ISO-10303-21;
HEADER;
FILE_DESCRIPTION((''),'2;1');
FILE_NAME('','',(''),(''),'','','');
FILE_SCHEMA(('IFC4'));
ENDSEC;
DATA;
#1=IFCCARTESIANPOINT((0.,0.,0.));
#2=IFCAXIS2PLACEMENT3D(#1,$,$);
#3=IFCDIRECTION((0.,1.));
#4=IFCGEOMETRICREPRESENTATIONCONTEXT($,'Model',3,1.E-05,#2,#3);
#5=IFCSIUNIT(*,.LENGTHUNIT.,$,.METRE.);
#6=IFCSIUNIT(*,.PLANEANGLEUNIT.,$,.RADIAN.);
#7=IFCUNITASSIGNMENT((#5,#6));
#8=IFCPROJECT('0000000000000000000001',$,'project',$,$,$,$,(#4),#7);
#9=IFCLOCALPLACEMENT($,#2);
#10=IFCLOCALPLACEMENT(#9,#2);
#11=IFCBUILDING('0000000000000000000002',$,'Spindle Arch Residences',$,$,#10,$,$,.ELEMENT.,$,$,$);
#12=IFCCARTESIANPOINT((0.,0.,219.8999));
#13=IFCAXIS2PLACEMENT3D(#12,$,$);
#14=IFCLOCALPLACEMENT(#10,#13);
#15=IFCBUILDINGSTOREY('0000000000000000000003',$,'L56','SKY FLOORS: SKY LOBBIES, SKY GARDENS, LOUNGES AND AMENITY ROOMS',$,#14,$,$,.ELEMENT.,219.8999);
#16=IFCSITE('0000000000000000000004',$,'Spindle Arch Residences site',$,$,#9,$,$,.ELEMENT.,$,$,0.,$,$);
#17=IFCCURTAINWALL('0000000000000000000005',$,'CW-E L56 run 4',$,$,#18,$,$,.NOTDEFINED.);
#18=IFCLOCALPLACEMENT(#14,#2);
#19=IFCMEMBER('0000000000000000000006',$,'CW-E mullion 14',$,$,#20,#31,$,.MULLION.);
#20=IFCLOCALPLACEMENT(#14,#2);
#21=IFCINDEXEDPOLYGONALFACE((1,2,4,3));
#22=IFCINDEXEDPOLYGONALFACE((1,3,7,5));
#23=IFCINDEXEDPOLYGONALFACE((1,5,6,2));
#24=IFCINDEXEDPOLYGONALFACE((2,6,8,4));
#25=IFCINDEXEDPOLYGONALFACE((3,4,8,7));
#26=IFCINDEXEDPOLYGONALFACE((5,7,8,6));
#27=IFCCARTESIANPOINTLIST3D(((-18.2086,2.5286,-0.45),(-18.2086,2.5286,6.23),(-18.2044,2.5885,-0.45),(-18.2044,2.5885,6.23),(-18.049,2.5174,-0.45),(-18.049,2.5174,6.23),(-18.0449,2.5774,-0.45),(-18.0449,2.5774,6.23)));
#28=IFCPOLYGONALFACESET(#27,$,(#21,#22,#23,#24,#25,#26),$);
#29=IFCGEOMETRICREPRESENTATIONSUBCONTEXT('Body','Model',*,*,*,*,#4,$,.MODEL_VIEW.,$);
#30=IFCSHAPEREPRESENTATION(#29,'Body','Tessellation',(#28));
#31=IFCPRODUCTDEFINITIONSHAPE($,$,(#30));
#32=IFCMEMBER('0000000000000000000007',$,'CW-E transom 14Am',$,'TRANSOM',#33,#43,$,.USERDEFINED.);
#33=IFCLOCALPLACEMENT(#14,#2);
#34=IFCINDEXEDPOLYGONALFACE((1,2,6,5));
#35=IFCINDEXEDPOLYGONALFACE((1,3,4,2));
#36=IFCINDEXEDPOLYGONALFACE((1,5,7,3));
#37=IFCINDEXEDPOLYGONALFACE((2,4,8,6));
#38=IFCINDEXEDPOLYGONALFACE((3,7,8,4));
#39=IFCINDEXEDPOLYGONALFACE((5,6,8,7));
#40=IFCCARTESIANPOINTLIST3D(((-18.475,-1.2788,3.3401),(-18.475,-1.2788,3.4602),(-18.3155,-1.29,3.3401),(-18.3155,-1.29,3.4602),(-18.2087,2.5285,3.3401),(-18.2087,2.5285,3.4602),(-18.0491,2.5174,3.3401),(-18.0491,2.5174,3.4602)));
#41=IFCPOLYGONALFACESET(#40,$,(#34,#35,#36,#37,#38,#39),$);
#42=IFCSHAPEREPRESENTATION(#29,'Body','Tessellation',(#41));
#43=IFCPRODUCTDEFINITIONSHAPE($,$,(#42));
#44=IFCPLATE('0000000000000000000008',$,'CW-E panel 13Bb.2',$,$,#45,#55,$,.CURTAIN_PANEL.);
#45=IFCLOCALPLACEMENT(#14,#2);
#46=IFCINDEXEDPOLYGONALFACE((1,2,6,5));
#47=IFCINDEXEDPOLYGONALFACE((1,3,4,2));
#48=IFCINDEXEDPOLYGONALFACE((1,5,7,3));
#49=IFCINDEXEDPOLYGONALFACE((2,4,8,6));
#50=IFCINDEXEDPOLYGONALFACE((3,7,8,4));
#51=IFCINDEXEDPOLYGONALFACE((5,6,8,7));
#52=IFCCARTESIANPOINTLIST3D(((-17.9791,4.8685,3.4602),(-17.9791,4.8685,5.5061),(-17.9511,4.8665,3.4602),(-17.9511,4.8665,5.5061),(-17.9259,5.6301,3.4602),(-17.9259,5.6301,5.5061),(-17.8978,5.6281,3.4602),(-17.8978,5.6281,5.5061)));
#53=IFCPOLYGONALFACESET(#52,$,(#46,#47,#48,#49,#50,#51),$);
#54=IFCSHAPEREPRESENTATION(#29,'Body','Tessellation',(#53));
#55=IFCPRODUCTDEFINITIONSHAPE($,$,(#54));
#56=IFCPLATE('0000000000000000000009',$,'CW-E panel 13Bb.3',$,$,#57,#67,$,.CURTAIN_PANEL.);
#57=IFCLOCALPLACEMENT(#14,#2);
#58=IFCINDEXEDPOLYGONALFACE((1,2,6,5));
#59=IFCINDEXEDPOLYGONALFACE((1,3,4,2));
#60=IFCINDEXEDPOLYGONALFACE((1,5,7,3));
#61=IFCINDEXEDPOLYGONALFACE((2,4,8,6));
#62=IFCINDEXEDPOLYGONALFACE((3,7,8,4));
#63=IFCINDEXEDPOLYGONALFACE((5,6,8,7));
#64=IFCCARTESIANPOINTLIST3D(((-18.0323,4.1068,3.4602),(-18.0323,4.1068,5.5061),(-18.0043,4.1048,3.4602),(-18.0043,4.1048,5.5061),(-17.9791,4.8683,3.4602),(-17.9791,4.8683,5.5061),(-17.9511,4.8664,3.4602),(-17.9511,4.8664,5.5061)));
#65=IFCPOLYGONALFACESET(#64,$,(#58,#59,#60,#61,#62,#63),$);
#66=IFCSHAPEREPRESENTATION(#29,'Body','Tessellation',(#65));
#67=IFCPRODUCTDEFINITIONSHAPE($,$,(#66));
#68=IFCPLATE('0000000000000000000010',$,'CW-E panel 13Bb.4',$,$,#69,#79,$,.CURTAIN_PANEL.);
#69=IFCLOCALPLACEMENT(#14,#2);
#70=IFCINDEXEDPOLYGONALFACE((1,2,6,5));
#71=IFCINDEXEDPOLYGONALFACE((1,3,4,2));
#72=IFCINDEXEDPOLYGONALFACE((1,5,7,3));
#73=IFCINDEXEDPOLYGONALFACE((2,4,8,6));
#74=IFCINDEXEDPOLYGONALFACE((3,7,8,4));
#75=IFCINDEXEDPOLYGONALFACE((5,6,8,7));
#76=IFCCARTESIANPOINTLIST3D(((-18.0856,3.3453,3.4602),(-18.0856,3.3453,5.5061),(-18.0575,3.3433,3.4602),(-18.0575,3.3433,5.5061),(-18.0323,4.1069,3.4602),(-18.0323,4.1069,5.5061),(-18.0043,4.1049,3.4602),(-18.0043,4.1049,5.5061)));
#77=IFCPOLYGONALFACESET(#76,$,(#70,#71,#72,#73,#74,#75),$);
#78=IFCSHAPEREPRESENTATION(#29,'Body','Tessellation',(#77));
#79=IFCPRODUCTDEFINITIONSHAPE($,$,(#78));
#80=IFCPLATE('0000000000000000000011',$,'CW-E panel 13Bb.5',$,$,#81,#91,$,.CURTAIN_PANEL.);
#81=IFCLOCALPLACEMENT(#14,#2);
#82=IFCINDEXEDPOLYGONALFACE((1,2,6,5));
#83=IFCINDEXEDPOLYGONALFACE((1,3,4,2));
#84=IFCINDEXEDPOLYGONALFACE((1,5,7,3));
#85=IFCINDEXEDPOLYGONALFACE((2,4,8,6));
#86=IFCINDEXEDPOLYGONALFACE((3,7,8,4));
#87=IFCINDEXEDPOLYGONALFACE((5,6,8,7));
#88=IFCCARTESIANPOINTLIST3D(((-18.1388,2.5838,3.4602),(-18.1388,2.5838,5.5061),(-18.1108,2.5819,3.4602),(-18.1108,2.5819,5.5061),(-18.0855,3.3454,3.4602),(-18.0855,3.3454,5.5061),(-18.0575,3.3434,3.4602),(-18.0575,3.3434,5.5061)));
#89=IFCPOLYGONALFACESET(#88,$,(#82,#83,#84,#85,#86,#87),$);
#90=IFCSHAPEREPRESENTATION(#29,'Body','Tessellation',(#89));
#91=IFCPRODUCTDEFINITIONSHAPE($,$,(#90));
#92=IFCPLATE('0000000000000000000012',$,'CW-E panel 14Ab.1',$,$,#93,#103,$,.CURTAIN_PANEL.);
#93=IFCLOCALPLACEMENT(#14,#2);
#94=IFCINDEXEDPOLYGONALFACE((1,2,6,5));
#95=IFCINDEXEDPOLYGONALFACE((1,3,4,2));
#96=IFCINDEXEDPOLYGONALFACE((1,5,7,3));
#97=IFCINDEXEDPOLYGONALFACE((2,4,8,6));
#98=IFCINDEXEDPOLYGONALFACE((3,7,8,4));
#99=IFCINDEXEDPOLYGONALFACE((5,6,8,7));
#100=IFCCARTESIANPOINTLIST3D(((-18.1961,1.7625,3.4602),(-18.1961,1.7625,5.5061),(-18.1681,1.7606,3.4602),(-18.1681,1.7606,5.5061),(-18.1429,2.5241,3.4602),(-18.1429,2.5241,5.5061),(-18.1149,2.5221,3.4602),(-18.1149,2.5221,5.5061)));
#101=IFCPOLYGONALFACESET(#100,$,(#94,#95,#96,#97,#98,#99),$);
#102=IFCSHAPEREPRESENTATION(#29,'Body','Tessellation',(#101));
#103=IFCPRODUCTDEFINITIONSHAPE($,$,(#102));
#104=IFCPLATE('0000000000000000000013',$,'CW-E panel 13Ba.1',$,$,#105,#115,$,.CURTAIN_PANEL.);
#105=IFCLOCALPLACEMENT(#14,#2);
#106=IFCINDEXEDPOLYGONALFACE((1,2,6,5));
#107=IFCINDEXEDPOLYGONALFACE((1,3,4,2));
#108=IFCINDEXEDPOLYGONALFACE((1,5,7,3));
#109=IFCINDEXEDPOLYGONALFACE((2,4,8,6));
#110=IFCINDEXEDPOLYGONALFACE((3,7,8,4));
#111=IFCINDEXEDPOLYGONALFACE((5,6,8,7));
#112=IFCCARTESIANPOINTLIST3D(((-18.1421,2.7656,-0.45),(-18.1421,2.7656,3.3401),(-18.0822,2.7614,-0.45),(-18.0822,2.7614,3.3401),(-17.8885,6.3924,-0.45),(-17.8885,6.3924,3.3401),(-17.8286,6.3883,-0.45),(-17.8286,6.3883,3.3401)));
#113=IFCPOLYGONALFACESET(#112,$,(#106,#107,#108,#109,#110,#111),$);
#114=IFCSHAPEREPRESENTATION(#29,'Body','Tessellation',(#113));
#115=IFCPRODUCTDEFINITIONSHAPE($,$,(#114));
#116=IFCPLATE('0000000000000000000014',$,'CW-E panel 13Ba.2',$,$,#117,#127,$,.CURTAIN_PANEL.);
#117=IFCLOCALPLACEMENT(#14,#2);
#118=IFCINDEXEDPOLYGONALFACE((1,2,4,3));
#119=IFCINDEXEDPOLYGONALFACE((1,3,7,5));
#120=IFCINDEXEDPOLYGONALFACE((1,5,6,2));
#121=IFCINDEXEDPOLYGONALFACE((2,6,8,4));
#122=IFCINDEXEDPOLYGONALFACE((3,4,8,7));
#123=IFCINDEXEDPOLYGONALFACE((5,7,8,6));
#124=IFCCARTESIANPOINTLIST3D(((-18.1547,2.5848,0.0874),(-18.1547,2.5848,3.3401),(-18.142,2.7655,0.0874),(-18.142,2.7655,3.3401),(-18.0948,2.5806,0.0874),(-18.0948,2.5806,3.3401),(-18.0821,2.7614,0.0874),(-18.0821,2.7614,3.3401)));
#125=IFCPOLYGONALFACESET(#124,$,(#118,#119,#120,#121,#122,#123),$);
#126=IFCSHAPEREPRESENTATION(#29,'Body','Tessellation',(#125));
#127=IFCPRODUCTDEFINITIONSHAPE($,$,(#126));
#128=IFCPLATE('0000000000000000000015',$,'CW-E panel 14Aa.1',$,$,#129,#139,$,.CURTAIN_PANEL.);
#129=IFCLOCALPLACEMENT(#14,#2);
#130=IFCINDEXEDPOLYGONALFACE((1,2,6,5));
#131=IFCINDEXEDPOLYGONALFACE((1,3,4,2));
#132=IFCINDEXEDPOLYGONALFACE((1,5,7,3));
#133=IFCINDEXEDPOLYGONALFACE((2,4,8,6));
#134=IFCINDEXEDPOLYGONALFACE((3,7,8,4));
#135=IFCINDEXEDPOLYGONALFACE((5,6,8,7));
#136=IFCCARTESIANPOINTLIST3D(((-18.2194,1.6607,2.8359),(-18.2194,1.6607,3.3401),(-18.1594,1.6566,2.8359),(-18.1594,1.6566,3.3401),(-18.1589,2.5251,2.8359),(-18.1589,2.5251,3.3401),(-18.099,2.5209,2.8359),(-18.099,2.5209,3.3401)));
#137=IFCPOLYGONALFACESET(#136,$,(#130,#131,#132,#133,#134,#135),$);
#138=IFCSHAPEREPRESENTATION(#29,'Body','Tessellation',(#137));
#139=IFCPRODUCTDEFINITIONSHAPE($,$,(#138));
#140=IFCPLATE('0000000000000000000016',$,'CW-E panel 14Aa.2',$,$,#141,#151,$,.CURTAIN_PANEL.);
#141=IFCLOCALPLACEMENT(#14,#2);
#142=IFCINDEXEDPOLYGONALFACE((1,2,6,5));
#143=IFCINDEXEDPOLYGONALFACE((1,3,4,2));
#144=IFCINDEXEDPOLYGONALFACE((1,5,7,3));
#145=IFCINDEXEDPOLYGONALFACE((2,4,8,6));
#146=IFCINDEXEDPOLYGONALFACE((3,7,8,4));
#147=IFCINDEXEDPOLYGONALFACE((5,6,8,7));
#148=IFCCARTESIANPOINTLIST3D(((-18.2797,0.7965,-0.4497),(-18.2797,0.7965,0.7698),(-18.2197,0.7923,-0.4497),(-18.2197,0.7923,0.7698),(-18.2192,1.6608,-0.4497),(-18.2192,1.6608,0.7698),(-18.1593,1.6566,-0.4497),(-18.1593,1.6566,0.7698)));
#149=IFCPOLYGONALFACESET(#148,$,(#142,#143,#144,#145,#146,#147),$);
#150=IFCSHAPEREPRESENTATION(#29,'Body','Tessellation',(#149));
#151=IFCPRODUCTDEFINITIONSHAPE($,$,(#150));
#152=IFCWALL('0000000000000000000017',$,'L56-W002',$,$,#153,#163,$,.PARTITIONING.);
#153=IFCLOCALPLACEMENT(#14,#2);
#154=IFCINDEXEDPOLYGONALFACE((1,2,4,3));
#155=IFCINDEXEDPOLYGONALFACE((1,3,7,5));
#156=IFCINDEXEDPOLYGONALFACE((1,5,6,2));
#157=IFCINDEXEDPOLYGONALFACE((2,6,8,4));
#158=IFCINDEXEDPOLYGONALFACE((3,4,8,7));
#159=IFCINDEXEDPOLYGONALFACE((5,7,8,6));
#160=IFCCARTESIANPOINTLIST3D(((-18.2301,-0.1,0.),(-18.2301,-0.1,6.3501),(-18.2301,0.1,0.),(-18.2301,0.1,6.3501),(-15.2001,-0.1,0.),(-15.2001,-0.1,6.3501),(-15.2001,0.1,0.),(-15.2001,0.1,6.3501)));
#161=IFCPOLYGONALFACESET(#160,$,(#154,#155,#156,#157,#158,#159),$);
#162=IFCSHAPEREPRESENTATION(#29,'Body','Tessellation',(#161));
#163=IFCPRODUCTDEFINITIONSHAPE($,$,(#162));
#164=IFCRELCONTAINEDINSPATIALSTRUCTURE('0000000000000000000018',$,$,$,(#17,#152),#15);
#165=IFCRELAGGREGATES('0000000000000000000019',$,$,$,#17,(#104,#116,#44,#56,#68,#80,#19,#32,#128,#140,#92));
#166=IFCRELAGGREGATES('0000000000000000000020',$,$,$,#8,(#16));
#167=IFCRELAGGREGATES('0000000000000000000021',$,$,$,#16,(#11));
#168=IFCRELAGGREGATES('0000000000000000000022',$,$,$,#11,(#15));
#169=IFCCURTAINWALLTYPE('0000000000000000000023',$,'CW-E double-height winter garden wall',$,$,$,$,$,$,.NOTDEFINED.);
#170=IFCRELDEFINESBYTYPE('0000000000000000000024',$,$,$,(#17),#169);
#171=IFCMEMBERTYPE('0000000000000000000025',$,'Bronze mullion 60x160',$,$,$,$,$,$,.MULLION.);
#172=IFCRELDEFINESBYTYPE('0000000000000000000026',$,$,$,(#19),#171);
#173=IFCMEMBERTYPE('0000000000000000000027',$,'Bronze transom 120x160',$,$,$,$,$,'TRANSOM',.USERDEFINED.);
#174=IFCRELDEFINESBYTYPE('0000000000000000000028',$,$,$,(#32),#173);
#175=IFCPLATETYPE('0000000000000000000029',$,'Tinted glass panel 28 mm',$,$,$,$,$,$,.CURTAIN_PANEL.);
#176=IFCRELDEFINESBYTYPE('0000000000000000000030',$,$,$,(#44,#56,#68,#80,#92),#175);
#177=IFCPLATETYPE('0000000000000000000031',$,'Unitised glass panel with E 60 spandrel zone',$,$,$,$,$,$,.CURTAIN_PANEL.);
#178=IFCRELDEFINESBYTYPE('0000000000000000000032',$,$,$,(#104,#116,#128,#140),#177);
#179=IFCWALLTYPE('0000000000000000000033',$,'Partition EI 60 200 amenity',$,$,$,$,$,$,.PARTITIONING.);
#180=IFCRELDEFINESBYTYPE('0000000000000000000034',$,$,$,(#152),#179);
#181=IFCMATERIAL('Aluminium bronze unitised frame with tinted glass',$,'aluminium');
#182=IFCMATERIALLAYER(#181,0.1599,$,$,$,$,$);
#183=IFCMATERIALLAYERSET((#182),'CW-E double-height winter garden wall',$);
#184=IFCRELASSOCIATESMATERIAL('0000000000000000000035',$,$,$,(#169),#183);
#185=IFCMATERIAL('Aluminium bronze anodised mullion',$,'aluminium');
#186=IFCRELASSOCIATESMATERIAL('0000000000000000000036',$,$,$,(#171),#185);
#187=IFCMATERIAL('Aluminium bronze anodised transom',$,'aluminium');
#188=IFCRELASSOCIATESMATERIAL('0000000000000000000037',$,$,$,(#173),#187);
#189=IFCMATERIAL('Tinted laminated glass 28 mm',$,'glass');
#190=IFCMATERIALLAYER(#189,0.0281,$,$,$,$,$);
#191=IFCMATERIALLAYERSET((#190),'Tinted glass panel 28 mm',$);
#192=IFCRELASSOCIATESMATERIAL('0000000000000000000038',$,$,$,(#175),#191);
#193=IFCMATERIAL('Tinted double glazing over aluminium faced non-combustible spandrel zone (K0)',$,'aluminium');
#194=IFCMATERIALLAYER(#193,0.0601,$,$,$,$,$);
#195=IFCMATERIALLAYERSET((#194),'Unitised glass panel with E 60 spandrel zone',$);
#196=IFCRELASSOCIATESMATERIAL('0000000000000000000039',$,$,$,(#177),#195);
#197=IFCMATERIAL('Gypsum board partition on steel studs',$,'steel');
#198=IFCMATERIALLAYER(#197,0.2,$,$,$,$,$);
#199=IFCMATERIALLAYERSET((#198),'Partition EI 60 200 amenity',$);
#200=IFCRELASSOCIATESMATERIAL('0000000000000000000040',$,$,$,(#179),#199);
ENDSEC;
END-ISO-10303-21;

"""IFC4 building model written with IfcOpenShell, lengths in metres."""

from ifc_helpers import new_model, si_unit, direction, frame, frame_2d, origin, origin_2d, place, context, subcontext, project, spatial, rectangle, extrude, material, layer, layer_set, material_profile, profile_set, type_object, element, aggregate, save


model = new_model("IFC4")

# Units and contexts
model_context = context("Model", 3, precision=1e-05, world=origin(), true_north=direction((0.0, 1.0)))
body_context = subcontext(model_context, "Body", "Model", "MODEL_VIEW")
ifc_project = project(units=[si_unit("LENGTHUNIT", "METRE"), si_unit("PLANEANGLEUNIT", "RADIAN")], contexts=[model_context])

# Site, building, storey
site_placement = place(None, origin())
site = spatial("IfcSite", under=ifc_project, at=site_placement, Name="Spindle Arch Residences site", CompositionType="ELEMENT", RefElevation=0.0)
building_placement = place(site_placement, origin())
building = spatial("IfcBuilding", under=site, at=building_placement, Name="Spindle Arch Residences", CompositionType="ELEMENT")
storey_placement = place(building_placement, frame((0.0, 0.0, 219.8999)))
storey = spatial("IfcBuildingStorey", under=building, at=storey_placement, Name="L56", Description="SKY FLOORS: SKY LOBBIES, SKY GARDENS, LOUNGES AND AMENITY ROOMS", CompositionType="ELEMENT", Elevation=219.8999)

# Curtain wall, members, plates
ifc_material_1 = material(Name="Aluminium bronze unitised frame with tinted glass", Category="aluminium")
ifc_layer_1 = layer(ifc_material_1, 0.1599)
ifc_layer_set_1 = layer_set([ifc_layer_1], Name="CW-E double-height winter garden wall")
curtain_wall_type = type_object("IfcCurtainWallType", Name="CW-E double-height winter garden wall", PredefinedType="NOTDEFINED", material=ifc_layer_set_1)
curtain_wall_placement = place(storey_placement, origin())
curtain_wall = element("IfcCurtainWall", 1, at=curtain_wall_placement, inside=storey, type_object=curtain_wall_type, Name="CW-E L56 run 4", PredefinedType="NOTDEFINED")
ifc_material_2 = material(Name="Aluminium bronze anodised mullion", Category="aluminium")
ifc_material_profile_1 = material_profile(ifc_material_2, rectangle(XDim=0.1599, YDim=0.0601, at=origin_2d()), Name="MU 60x160")
ifc_profile_set_1 = profile_set([ifc_material_profile_1], Name="Aluminium bronze anodised mullion")
member_type_1 = type_object("IfcMemberType", Name="Bronze mullion 60x160", PredefinedType="MULLION", material=ifc_profile_set_1)
member_1_placement = place(storey_placement, frame((-18.1267, 2.553, -0.45), z_axis=(0.0, 0.0, 1.0), x_axis=(0.997564, -0.069756, 0.0)))
member_1 = element("IfcMember", 2, at=member_1_placement, type_object=member_type_1, Name="CW-E mullion 14", PredefinedType="MULLION", context=body_context, shape_type="SweptSolid", body=[
    extrude(rectangle(XDim=0.1599, YDim=0.0601, at=origin_2d()), origin(), (0.0, 0.0, 1.0), 6.6799),
])
ifc_material_3 = material(Name="Aluminium bronze anodised transom", Category="aluminium")
ifc_material_profile_2 = material_profile(ifc_material_3, rectangle(XDim=0.1599, YDim=0.1201, at=origin_2d()), Name="TR 120x160")
ifc_profile_set_2 = profile_set([ifc_material_profile_2], Name="Aluminium bronze anodised transom")
member_type_2 = type_object("IfcMemberType", Name="Bronze transom 120x160", ElementType="TRANSOM", PredefinedType="USERDEFINED", material=ifc_profile_set_2)
member_2_placement = place(storey_placement, frame((-18.1289, 2.5229, 3.4001), z_axis=(-0.069788, -0.997562, 0.0), x_axis=(0.997562, -0.069788, 0.0)))
member_2 = element("IfcMember", 3, at=member_2_placement, type_object=member_type_2, Name="CW-E transom 14Am", ObjectType="TRANSOM", PredefinedType="USERDEFINED", context=body_context, shape_type="SweptSolid", body=[
    extrude(rectangle(XDim=0.1599, YDim=0.1201, at=origin_2d()), origin(), (0.0, 0.0, 1.0), 3.8167),
])
ifc_material_4 = material(Name="Tinted laminated glass 28 mm", Category="glass")
ifc_layer_2 = layer(ifc_material_4, 0.0281)
ifc_layer_set_2 = layer_set([ifc_layer_2], Name="Tinted glass panel 28 mm")
plate_type_1 = type_object("IfcPlateType", Name="Tinted glass panel 28 mm", PredefinedType="CURTAIN_PANEL", material=ifc_layer_set_2)
plate_1_placement = place(storey_placement, frame((-17.9385, 5.2483, 3.4602), z_axis=(0.0, 0.0, 1.0), x_axis=(-0.069756, -0.997564, 0.0)))
plate_1 = element("IfcPlate", 4, at=plate_1_placement, type_object=plate_type_1, Name="CW-E panel 13Bb.2", PredefinedType="CURTAIN_PANEL", context=body_context, shape_type="SweptSolid", body=[
    extrude(rectangle(XDim=0.7634, YDim=0.0281, at=origin_2d()), origin(), (0.0, 0.0, 1.0), 2.0459),
])
plate_2_placement = place(storey_placement, frame((-17.9917, 4.4866, 3.4602), z_axis=(0.0, 0.0, 1.0), x_axis=(-0.069756, -0.997564, 0.0)))
plate_2 = element("IfcPlate", 5, at=plate_2_placement, type_object=plate_type_1, Name="CW-E panel 13Bb.3", PredefinedType="CURTAIN_PANEL", context=body_context, shape_type="SweptSolid", body=[
    extrude(rectangle(XDim=0.7634, YDim=0.0281, at=origin_2d()), origin(), (0.0, 0.0, 1.0), 2.0459),
])
plate_3_placement = place(storey_placement, frame((-18.0449, 3.7251, 3.4602), z_axis=(0.0, 0.0, 1.0), x_axis=(-0.069756, -0.997564, 0.0)))
plate_3 = element("IfcPlate", 6, at=plate_3_placement, type_object=plate_type_1, Name="CW-E panel 13Bb.4", PredefinedType="CURTAIN_PANEL", context=body_context, shape_type="SweptSolid", body=[
    extrude(rectangle(XDim=0.7634, YDim=0.0281, at=origin_2d()), origin(), (0.0, 0.0, 1.0), 2.0459),
])
plate_4_placement = place(storey_placement, frame((-18.0981, 2.9636, 3.4602), z_axis=(0.0, 0.0, 1.0), x_axis=(-0.069756, -0.997564, 0.0)))
plate_4 = element("IfcPlate", 7, at=plate_4_placement, type_object=plate_type_1, Name="CW-E panel 13Bb.5", PredefinedType="CURTAIN_PANEL", context=body_context, shape_type="SweptSolid", body=[
    extrude(rectangle(XDim=0.7634, YDim=0.0281, at=origin_2d()), origin(), (0.0, 0.0, 1.0), 2.0459),
])
plate_5_placement = place(storey_placement, frame((-18.1555, 2.1423, 3.4602), z_axis=(0.0, 0.0, 1.0), x_axis=(-0.069756, -0.997564, 0.0)))
plate_5 = element("IfcPlate", 8, at=plate_5_placement, type_object=plate_type_1, Name="CW-E panel 14Ab.1", PredefinedType="CURTAIN_PANEL", context=body_context, shape_type="SweptSolid", body=[
    extrude(rectangle(XDim=0.7634, YDim=0.0281, at=origin_2d()), origin(), (0.0, 0.0, 1.0), 2.0459),
])
ifc_material_5 = material(Name="Tinted double glazing over aluminium faced non-combustible spandrel zone (K0)", Category="aluminium")
ifc_layer_3 = layer(ifc_material_5, 0.0601)
ifc_layer_set_3 = layer_set([ifc_layer_3], Name="Unitised glass panel with E 60 spandrel zone")
plate_type_2 = type_object("IfcPlateType", Name="Unitised glass panel with E 60 spandrel zone", PredefinedType="CURTAIN_PANEL", material=ifc_layer_set_3)
plate_6_placement = place(storey_placement, frame((-17.9854, 4.5769, -0.45), z_axis=(0.0, 0.0, 1.0), x_axis=(-0.069756, -0.997564, 0.0)))
plate_6 = element("IfcPlate", 9, at=plate_6_placement, type_object=plate_type_2, Name="CW-E panel 13Ba.1", PredefinedType="CURTAIN_PANEL", context=body_context, shape_type="SweptSolid", body=[
    extrude(rectangle(XDim=3.6357, YDim=0.0601, at=origin_2d()), origin(), (0.0, 0.0, 1.0), 3.79),
])
plate_7_placement = place(storey_placement, frame((-18.1184, 2.6731, 0.0874), z_axis=(0.0, 0.0, 1.0), x_axis=(-0.069756, -0.997564, 0.0)))
plate_7 = element("IfcPlate", 10, at=plate_7_placement, type_object=plate_type_2, Name="CW-E panel 13Ba.2", PredefinedType="CURTAIN_PANEL", context=body_context, shape_type="SweptSolid", body=[
    extrude(rectangle(XDim=0.1812, YDim=0.0601, at=origin_2d()), origin(), (0.0, 0.0, 1.0), 3.2527),
])
plate_8_placement = place(storey_placement, frame((-18.1592, 2.0908, 2.8359), z_axis=(0.0, 0.0, 1.0), x_axis=(-0.069756, -0.997564, 0.0)))
plate_8 = element("IfcPlate", 11, at=plate_8_placement, type_object=plate_type_2, Name="CW-E panel 14Aa.1", PredefinedType="CURTAIN_PANEL", context=body_context, shape_type="SweptSolid", body=[
    extrude(rectangle(XDim=0.8665, YDim=0.0601, at=origin_2d()), origin(), (0.0, 0.0, 1.0), 0.5042),
])
plate_9_placement = place(storey_placement, frame((-18.2195, 1.2266, -0.4497), z_axis=(0.0, 0.0, 1.0), x_axis=(-0.069756, -0.997564, 0.0)))
plate_9 = element("IfcPlate", 12, at=plate_9_placement, type_object=plate_type_2, Name="CW-E panel 14Aa.2", PredefinedType="CURTAIN_PANEL", context=body_context, shape_type="SweptSolid", body=[
    extrude(rectangle(XDim=0.8665, YDim=0.0601, at=origin_2d()), origin(), (0.0, 0.0, 1.0), 1.2195),
])
aggregate(curtain_wall, [plate_6, plate_7, plate_1, plate_2, plate_3, plate_4, member_1, member_2, plate_8, plate_9, plate_5])

# Wall
ifc_material_6 = material(Name="Gypsum board partition on steel studs", Category="steel")
ifc_layer_4 = layer(ifc_material_6, 0.2)
ifc_layer_set_4 = layer_set([ifc_layer_4], Name="Partition EI 60 200 amenity")
wall_type = type_object("IfcWallType", Name="Partition EI 60 200 amenity", PredefinedType="PARTITIONING", material=ifc_layer_set_4)
wall_1_placement = place(storey_placement, frame((-15.2, 0.0, 0.0), z_axis=(0.0, 0.0, 1.0), x_axis=(-1.0, 0.0, 0.0)))
element("IfcWall", 13, at=wall_1_placement, inside=storey, type_object=wall_type, Name="L56-W002", PredefinedType="PARTITIONING", context=body_context, shape_type="SweptSolid", body=[
    extrude(rectangle(XDim=3.03, YDim=0.2, at=frame_2d((1.5151, 0.0))), origin(), (0.0, 0.0, 1.0), 6.3501),
])

save(model, "model.ifc")
